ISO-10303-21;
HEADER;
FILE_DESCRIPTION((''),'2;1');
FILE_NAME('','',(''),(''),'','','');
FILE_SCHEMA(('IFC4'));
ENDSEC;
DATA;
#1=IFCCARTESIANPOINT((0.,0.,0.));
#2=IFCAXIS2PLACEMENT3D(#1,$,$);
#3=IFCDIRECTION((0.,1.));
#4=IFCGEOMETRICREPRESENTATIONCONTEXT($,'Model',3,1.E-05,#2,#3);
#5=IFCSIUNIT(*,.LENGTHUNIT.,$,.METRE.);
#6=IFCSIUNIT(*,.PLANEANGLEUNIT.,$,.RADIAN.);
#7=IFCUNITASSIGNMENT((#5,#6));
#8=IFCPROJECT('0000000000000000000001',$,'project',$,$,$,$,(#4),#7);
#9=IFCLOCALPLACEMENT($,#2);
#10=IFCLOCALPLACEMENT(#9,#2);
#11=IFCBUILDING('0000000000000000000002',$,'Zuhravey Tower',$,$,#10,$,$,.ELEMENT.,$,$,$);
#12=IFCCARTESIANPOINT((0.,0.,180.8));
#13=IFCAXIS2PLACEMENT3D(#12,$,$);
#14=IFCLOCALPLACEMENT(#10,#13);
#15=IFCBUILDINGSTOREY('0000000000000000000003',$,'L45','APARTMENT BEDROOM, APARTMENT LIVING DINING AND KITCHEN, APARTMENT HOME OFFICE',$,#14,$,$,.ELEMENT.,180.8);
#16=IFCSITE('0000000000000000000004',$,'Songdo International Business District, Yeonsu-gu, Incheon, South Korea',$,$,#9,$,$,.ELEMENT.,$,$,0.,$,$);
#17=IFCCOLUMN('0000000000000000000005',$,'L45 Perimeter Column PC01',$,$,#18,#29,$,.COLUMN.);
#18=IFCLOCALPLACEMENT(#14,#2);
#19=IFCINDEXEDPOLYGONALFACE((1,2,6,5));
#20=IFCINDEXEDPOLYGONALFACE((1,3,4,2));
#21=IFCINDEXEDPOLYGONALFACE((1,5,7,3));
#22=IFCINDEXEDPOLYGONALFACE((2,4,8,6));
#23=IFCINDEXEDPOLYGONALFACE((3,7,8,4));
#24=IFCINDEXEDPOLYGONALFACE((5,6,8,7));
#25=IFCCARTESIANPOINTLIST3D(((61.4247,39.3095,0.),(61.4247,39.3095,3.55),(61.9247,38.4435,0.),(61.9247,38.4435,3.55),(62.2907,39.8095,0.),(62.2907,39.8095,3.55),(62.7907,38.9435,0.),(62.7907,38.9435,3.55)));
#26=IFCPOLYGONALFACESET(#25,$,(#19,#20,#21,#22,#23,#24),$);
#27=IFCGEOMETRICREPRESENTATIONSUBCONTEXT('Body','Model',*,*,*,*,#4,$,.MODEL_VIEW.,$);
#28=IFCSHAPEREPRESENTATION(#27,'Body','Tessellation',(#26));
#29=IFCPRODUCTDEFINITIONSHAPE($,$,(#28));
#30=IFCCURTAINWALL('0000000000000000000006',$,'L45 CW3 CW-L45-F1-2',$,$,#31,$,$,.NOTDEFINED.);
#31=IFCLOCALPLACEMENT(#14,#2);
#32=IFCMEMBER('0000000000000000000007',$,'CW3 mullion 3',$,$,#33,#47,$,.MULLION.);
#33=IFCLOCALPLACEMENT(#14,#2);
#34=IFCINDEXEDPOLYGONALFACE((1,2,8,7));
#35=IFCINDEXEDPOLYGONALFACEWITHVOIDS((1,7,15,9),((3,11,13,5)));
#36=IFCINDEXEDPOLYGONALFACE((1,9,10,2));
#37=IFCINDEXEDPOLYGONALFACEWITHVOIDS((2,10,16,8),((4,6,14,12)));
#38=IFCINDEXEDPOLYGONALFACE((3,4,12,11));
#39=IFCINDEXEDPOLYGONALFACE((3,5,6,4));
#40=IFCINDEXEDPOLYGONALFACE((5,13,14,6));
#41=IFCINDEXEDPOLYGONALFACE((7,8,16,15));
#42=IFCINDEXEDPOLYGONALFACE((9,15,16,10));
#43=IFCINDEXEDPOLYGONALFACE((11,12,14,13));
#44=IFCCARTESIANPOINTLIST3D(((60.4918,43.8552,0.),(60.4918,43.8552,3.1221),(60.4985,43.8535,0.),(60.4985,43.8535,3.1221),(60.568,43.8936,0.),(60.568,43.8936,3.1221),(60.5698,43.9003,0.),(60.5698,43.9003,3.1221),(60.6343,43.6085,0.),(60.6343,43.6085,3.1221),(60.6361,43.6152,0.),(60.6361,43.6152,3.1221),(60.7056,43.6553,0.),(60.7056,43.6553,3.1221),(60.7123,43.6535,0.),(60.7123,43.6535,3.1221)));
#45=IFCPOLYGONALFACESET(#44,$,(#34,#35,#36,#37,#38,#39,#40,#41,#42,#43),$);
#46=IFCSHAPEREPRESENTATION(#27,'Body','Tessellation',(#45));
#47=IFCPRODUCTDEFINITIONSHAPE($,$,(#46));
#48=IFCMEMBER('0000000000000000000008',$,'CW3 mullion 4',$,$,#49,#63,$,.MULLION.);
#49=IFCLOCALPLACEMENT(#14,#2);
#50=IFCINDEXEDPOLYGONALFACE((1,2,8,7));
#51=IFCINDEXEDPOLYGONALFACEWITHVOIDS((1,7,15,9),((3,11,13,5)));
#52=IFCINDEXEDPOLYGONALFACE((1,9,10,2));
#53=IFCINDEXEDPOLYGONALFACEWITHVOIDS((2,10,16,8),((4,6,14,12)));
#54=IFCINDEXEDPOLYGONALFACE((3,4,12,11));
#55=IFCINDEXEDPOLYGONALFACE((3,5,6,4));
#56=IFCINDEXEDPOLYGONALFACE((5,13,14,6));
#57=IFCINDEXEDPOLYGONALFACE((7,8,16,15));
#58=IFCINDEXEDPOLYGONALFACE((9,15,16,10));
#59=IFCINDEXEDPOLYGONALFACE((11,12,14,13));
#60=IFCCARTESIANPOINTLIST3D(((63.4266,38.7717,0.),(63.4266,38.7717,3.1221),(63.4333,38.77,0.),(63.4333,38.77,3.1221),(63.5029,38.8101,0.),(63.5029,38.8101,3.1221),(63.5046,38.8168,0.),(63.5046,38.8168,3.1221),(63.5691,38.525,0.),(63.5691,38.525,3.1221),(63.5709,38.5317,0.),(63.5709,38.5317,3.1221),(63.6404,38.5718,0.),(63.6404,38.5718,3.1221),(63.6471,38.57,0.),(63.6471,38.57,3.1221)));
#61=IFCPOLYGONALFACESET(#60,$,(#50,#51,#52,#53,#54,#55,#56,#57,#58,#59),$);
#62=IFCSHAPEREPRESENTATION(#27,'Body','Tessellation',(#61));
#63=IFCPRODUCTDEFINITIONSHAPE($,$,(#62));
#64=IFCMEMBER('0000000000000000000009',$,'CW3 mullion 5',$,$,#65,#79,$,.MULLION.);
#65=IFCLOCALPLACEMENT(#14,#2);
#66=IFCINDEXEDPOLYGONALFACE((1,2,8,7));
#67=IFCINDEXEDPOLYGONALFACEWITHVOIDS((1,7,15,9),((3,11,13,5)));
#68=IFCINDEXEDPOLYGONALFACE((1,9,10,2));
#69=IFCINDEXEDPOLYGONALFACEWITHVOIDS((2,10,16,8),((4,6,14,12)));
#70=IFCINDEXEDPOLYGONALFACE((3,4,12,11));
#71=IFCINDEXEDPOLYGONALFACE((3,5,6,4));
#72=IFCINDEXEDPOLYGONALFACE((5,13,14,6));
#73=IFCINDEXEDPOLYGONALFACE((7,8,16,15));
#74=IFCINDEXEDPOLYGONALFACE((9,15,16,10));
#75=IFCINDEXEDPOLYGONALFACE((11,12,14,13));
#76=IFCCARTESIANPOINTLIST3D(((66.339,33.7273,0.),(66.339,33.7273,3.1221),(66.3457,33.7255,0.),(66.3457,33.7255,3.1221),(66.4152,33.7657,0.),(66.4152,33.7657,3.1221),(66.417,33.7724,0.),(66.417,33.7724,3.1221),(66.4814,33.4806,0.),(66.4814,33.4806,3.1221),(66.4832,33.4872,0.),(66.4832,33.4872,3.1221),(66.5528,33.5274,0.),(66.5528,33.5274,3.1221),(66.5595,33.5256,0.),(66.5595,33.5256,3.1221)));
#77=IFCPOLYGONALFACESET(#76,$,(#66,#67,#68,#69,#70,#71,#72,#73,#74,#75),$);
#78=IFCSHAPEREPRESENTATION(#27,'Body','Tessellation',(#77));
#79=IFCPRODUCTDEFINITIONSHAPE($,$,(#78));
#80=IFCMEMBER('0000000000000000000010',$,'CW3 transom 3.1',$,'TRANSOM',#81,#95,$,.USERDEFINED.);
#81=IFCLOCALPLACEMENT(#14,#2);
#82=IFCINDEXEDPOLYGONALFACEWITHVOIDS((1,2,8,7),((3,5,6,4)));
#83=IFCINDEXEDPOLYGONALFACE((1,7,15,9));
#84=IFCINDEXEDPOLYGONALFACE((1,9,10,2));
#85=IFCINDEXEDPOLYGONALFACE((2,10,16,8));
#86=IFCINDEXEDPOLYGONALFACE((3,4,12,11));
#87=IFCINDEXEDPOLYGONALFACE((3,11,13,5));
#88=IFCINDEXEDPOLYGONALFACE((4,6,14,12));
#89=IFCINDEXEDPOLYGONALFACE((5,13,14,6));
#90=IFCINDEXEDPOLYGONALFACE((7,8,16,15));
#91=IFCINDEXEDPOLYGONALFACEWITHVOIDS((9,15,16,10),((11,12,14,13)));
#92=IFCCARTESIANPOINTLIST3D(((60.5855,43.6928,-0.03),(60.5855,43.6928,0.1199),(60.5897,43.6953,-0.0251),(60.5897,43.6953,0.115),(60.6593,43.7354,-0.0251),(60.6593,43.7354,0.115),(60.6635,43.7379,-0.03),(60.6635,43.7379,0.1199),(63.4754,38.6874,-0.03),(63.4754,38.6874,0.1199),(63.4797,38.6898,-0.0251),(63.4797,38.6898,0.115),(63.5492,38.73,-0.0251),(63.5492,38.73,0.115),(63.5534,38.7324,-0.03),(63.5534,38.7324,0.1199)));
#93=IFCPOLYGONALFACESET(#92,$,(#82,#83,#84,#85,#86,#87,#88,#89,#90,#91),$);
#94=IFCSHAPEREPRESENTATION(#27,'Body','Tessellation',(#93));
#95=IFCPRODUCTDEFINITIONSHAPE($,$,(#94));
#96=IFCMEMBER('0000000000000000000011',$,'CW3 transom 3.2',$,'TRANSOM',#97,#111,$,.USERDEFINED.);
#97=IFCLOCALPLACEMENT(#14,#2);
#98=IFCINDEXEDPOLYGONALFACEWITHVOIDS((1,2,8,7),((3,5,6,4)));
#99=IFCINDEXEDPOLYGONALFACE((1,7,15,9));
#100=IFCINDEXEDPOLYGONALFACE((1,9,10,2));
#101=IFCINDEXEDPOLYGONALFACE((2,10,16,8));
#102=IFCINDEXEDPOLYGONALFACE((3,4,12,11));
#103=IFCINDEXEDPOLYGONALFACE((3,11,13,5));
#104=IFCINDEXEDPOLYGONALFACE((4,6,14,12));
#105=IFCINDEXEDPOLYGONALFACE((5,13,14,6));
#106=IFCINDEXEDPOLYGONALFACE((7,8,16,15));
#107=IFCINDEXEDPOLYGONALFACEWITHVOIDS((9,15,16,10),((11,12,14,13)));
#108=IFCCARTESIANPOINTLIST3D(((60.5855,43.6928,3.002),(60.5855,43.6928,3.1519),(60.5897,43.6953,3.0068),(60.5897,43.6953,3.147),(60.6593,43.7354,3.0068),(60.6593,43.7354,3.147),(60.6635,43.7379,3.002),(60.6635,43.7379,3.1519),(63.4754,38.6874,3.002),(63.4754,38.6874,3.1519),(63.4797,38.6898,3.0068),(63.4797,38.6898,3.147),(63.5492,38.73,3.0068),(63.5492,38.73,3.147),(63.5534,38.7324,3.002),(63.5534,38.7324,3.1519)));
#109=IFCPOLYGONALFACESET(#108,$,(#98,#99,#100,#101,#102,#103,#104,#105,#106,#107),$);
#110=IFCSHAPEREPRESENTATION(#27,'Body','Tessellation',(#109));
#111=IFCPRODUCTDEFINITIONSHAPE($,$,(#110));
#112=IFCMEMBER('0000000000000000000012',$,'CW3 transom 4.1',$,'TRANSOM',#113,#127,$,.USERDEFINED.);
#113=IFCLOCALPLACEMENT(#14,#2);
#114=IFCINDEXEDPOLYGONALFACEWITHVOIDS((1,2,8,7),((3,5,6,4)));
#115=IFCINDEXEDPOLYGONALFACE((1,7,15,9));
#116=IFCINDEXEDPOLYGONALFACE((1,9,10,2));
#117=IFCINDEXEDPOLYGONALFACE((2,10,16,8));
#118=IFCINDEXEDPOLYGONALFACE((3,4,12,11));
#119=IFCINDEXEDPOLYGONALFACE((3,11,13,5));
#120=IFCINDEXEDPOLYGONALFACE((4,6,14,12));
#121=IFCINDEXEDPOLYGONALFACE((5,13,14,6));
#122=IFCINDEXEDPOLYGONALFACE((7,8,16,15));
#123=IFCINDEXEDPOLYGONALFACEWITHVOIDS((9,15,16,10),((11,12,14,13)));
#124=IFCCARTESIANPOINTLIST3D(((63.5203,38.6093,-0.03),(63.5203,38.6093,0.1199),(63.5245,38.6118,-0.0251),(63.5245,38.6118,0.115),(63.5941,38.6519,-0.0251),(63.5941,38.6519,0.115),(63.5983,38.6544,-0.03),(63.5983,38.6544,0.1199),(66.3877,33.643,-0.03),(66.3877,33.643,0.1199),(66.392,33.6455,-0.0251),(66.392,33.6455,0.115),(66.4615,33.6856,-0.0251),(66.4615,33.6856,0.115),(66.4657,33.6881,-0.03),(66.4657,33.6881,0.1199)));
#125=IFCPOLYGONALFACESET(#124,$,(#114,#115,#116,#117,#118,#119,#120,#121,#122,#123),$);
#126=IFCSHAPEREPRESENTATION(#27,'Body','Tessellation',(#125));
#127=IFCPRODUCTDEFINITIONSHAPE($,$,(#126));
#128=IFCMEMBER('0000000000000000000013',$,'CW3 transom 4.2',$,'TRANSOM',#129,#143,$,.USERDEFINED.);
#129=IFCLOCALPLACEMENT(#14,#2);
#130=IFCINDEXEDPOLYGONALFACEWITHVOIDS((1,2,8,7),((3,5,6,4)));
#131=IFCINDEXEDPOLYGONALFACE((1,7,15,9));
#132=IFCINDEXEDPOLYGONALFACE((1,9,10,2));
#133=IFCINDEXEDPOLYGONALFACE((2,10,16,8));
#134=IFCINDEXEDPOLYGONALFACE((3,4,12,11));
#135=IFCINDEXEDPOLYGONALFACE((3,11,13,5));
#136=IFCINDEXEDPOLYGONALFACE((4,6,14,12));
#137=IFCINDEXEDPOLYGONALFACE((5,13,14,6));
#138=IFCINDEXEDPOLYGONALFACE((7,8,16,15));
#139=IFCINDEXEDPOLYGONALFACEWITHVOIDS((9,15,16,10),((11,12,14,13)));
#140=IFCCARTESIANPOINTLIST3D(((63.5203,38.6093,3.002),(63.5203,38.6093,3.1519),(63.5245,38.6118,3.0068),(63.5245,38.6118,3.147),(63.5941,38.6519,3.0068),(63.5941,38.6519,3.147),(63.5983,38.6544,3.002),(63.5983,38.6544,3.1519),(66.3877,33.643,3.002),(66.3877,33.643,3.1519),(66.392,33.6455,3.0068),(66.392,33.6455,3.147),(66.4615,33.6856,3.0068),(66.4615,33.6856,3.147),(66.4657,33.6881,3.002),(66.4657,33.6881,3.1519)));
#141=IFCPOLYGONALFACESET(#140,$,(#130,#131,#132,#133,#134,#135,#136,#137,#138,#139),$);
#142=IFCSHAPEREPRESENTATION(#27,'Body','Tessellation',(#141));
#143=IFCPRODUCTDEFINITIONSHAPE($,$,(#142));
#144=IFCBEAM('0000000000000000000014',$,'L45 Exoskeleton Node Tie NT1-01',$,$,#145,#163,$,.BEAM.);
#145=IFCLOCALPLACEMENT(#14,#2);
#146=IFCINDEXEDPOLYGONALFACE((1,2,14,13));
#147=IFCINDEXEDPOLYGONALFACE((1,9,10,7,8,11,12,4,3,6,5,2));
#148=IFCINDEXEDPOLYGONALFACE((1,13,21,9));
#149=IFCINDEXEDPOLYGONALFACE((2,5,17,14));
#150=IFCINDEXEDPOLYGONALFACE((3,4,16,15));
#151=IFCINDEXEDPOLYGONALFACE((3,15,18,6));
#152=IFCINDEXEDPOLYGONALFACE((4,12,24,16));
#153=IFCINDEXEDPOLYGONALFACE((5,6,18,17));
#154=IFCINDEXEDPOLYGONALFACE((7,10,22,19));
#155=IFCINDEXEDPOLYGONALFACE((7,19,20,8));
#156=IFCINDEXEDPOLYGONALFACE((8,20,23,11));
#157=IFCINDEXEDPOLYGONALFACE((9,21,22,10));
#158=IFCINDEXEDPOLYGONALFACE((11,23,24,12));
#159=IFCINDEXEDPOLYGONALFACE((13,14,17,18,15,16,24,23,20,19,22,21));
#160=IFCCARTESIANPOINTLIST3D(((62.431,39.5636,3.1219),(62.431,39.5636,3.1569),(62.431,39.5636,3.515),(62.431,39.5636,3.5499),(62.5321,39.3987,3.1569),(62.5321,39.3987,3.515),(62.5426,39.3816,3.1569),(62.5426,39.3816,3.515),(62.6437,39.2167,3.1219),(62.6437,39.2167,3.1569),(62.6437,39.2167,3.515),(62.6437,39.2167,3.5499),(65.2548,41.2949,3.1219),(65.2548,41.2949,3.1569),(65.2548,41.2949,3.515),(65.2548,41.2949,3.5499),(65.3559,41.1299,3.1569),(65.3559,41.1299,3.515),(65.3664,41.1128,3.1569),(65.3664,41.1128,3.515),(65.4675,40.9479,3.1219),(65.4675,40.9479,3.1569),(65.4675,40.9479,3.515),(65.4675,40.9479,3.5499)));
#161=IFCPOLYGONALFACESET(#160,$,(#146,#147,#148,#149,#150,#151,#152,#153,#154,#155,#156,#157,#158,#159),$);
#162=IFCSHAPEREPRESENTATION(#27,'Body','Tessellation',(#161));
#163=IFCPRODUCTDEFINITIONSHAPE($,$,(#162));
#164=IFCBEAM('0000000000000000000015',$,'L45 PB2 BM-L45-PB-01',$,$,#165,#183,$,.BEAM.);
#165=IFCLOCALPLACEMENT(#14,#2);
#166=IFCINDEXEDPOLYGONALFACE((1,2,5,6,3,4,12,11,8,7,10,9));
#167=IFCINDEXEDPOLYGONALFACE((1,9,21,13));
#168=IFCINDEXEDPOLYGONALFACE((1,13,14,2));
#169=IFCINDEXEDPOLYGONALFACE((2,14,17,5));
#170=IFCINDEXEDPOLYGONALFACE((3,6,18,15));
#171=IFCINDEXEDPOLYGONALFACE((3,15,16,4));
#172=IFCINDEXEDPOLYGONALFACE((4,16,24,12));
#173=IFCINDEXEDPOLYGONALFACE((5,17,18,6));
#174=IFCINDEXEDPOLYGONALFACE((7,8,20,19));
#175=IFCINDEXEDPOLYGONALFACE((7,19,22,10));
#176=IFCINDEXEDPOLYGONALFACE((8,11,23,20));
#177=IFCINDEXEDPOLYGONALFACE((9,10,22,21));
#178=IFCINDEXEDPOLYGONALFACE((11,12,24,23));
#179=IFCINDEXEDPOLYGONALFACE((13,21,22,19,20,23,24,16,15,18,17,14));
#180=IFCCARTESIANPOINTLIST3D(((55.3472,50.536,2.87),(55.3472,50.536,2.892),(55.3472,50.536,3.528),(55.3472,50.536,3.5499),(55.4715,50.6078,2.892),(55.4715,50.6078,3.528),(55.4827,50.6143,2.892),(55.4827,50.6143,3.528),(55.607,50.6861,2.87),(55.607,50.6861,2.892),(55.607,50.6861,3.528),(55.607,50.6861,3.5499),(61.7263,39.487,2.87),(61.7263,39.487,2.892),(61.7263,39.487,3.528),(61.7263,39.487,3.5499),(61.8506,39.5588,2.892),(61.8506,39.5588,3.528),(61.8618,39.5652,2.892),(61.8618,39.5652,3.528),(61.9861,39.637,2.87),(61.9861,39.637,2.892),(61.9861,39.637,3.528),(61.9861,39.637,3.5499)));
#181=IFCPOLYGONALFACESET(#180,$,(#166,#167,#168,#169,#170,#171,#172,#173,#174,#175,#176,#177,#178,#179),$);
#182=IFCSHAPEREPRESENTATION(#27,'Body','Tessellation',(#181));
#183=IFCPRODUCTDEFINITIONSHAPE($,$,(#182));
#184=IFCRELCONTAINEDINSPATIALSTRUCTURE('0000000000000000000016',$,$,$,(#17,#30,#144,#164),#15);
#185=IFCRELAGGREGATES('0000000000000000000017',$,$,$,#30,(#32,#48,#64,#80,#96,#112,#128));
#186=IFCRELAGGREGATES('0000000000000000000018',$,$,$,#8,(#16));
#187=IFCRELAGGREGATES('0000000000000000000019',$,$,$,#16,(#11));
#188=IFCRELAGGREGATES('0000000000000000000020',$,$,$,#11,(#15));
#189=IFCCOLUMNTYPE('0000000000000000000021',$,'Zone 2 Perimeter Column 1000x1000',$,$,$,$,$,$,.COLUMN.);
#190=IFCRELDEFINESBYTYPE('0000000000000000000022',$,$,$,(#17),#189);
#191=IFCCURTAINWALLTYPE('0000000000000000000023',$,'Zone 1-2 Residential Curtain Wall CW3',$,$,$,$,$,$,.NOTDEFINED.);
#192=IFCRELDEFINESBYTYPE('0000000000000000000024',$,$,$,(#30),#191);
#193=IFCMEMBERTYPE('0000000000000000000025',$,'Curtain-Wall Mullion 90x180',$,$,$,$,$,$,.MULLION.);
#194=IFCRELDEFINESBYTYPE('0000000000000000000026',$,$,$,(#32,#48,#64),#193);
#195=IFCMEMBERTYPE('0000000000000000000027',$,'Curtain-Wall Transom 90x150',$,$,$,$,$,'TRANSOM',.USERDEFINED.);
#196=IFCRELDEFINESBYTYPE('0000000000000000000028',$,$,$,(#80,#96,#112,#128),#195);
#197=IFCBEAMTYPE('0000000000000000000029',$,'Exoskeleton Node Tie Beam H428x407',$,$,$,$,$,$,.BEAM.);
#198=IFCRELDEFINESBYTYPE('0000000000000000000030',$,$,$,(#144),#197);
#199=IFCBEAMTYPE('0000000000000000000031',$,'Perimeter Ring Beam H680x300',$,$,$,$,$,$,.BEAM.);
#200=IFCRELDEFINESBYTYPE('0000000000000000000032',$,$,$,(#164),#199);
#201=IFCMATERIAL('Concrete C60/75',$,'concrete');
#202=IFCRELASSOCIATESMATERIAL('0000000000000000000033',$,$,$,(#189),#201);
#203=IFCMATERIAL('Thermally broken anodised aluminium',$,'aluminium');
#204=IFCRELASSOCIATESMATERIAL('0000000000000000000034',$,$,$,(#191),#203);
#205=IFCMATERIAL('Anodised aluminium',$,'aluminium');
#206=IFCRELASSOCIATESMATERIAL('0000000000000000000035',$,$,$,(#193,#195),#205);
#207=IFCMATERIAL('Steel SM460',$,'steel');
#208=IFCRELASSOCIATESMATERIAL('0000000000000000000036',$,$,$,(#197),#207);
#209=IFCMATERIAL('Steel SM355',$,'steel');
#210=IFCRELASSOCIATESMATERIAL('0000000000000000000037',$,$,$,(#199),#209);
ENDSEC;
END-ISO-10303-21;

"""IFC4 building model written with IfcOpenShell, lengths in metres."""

from ifc_helpers import new_model, si_unit, direction, frame, origin, origin_2d, place, context, subcontext, project, spatial, rectangle, hollow_rectangle, i_section, extrude, material, material_profile, profile_set, type_object, element, aggregate, save


model = new_model("IFC4")

# Units and contexts
model_context = context("Model", 3, precision=1e-05, world=origin(), true_north=direction((0.0, 1.0)))
body_context = subcontext(model_context, "Body", "Model", "MODEL_VIEW")
ifc_project = project(units=[si_unit("LENGTHUNIT", "METRE"), si_unit("PLANEANGLEUNIT", "RADIAN")], contexts=[model_context])

# Site, building, storey
site_placement = place(None, origin())
site = spatial("IfcSite", under=ifc_project, at=site_placement, Name="Songdo International Business District, Yeonsu-gu, Incheon, South Korea", CompositionType="ELEMENT", RefElevation=0.0)
building_placement = place(site_placement, origin())
building = spatial("IfcBuilding", under=site, at=building_placement, Name="Zuhravey Tower", CompositionType="ELEMENT")
storey_placement = place(building_placement, frame((0.0, 0.0, 180.8)))
storey = spatial("IfcBuildingStorey", under=building, at=storey_placement, Name="L45", Description="APARTMENT BEDROOM, APARTMENT LIVING DINING AND KITCHEN, APARTMENT HOME OFFICE", CompositionType="ELEMENT", Elevation=180.8)

# Column
ifc_material_1 = material(Name="Concrete C60/75", Category="concrete")
ifc_material_profile_1 = material_profile(ifc_material_1, rectangle(XDim=1.0, YDim=1.0, at=origin_2d()), Name="RC-1000x1000")
ifc_profile_set_1 = profile_set([ifc_material_profile_1], Name="Concrete C60/75")
column_type = type_object("IfcColumnType", Name="Zone 2 Perimeter Column 1000x1000", PredefinedType="COLUMN", material=ifc_profile_set_1)
column_placement = place(storey_placement, frame((62.1077, 39.1265, 0.0), z_axis=(0.0, 0.0, 1.0), x_axis=(-0.5, 0.866025, 0.0)))
element("IfcColumn", 1, at=column_placement, inside=storey, type_object=column_type, Name="L45 Perimeter Column PC01", PredefinedType="COLUMN", context=body_context, shape_type="SweptSolid", body=[
    extrude(rectangle(XDim=1.0, YDim=1.0, at=origin_2d()), origin(), (0.0, 0.0, 1.0), 3.55),
])

# Curtain wall, members
ifc_material_2 = material(Name="Thermally broken anodised aluminium", Category="aluminium")
curtain_wall_type = type_object("IfcCurtainWallType", Name="Zone 1-2 Residential Curtain Wall CW3", PredefinedType="NOTDEFINED", material=ifc_material_2)
curtain_wall_placement = place(storey_placement, origin())
curtain_wall = element("IfcCurtainWall", 2, at=curtain_wall_placement, inside=storey, type_object=curtain_wall_type, Name="L45 CW3 CW-L45-F1-2", PredefinedType="NOTDEFINED")
ifc_material_3 = material(Name="Anodised aluminium", Category="aluminium")
ifc_material_profile_2 = material_profile(ifc_material_3, hollow_rectangle(XDim=0.0901, YDim=0.2849, WallThickness=0.0049, at=origin_2d()), Name="ALU-RHS-90x285x5")
ifc_profile_set_2 = profile_set([ifc_material_profile_2], Name="Anodised aluminium")
member_type_1 = type_object("IfcMemberType", Name="Curtain-Wall Mullion 90x180", PredefinedType="MULLION", material=ifc_profile_set_2)
member_1_placement = place(storey_placement, frame((60.6021, 43.7544, 0.0), z_axis=(0.0, 0.0, 1.0), x_axis=(0.866025, 0.500001, 0.0)))
member_1 = element("IfcMember", 3, at=member_1_placement, type_object=member_type_1, Name="CW3 mullion 3", PredefinedType="MULLION", context=body_context, shape_type="SweptSolid", body=[
    extrude(hollow_rectangle(XDim=0.0901, YDim=0.2849, WallThickness=0.0049, at=origin_2d()), origin(), (0.0, 0.0, 1.0), 3.1221),
])
member_2_placement = place(storey_placement, frame((63.5369, 38.6709, 0.0), z_axis=(0.0, 0.0, 1.0), x_axis=(0.866025, 0.500001, 0.0)))
member_2 = element("IfcMember", 4, at=member_2_placement, type_object=member_type_1, Name="CW3 mullion 4", PredefinedType="MULLION", context=body_context, shape_type="SweptSolid", body=[
    extrude(hollow_rectangle(XDim=0.0901, YDim=0.2849, WallThickness=0.0049, at=origin_2d()), origin(), (0.0, 0.0, 1.0), 3.1221),
])
member_3_placement = place(storey_placement, frame((66.4492, 33.6265, 0.0), z_axis=(0.0, 0.0, 1.0), x_axis=(0.866025, 0.500001, 0.0)))
member_3 = element("IfcMember", 5, at=member_3_placement, type_object=member_type_1, Name="CW3 mullion 5", PredefinedType="MULLION", context=body_context, shape_type="SweptSolid", body=[
    extrude(hollow_rectangle(XDim=0.0901, YDim=0.2849, WallThickness=0.0049, at=origin_2d()), origin(), (0.0, 0.0, 1.0), 3.1221),
])
ifc_material_profile_3 = material_profile(ifc_material_3, hollow_rectangle(XDim=0.0901, YDim=0.1499, WallThickness=0.0049, at=origin_2d()), Name="ALU-RHS-90x150x5")
ifc_profile_set_3 = profile_set([ifc_material_profile_3], Name="Anodised aluminium")
member_type_2 = type_object("IfcMemberType", Name="Curtain-Wall Transom 90x150", ElementType="TRANSOM", PredefinedType="USERDEFINED", material=ifc_profile_set_3)
member_4_placement = place(storey_placement, frame((60.6245, 43.7153, 0.0449), z_axis=(0.500005, -0.866022, 0.0), x_axis=(0.866022, 0.500005, 0.0)))
member_4 = element("IfcMember", 6, at=member_4_placement, type_object=member_type_2, Name="CW3 transom 3.1", ObjectType="TRANSOM", PredefinedType="USERDEFINED", context=body_context, shape_type="SweptSolid", body=[
    extrude(hollow_rectangle(XDim=0.0901, YDim=0.1499, WallThickness=0.0049, at=origin_2d()), origin(), (0.0, 0.0, 1.0), 5.7798),
])
member_5_placement = place(storey_placement, frame((60.6245, 43.7153, 3.0769), z_axis=(0.500005, -0.866022, 0.0), x_axis=(0.866022, 0.500005, 0.0)))
member_5 = element("IfcMember", 7, at=member_5_placement, type_object=member_type_2, Name="CW3 transom 3.2", ObjectType="TRANSOM", PredefinedType="USERDEFINED", context=body_context, shape_type="SweptSolid", body=[
    extrude(hollow_rectangle(XDim=0.0901, YDim=0.1499, WallThickness=0.0049, at=origin_2d()), origin(), (0.0, 0.0, 1.0), 5.7798),
])
member_6_placement = place(storey_placement, frame((63.5593, 38.6318, 0.0449), z_axis=(0.500017, -0.866015, 0.0), x_axis=(0.866015, 0.500017, 0.0)))
member_6 = element("IfcMember", 8, at=member_6_placement, type_object=member_type_2, Name="CW3 transom 4.1", ObjectType="TRANSOM", PredefinedType="USERDEFINED", context=body_context, shape_type="SweptSolid", body=[
    extrude(hollow_rectangle(XDim=0.0901, YDim=0.1499, WallThickness=0.0049, at=origin_2d()), origin(), (0.0, 0.0, 1.0), 5.7346),
])
member_7_placement = place(storey_placement, frame((63.5593, 38.6318, 3.0769), z_axis=(0.500017, -0.866015, 0.0), x_axis=(0.866015, 0.500017, 0.0)))
member_7 = element("IfcMember", 9, at=member_7_placement, type_object=member_type_2, Name="CW3 transom 4.2", ObjectType="TRANSOM", PredefinedType="USERDEFINED", context=body_context, shape_type="SweptSolid", body=[
    extrude(hollow_rectangle(XDim=0.0901, YDim=0.1499, WallThickness=0.0049, at=origin_2d()), origin(), (0.0, 0.0, 1.0), 5.7346),
])

# Beams
ifc_material_4 = material(Name="Steel SM460", Category="steel")
ifc_material_profile_4 = material_profile(ifc_material_4, i_section(OverallWidth=0.407, OverallDepth=0.428, WebThickness=0.02, FlangeThickness=0.0349, at=origin_2d()), Name="H-428x407x20x35")
ifc_profile_set_4 = profile_set([ifc_material_profile_4], Name="Steel SM460")
beam_type_1 = type_object("IfcBeamType", Name="Exoskeleton Node Tie Beam H428x407", PredefinedType="BEAM", material=ifc_profile_set_4)
beam_1_placement = place(storey_placement, frame((62.5374, 39.3901, 3.3359), z_axis=(0.85253, 0.522678, 0.0), x_axis=(-0.522678, 0.85253, 0.0)))
element("IfcBeam", 10, at=beam_1_placement, inside=storey, type_object=beam_type_1, Name="L45 Exoskeleton Node Tie NT1-01", PredefinedType="BEAM", context=body_context, shape_type="SweptSolid", body=[
    extrude(i_section(OverallWidth=0.407, OverallDepth=0.428, WebThickness=0.02, FlangeThickness=0.0349, at=origin_2d()), origin(), (0.0, 0.0, 1.0), 3.3123),
])
ifc_material_5 = material(Name="Steel SM355", Category="steel")
ifc_material_profile_5 = material_profile(ifc_material_5, i_section(OverallWidth=0.3, OverallDepth=0.6799, WebThickness=0.0129, FlangeThickness=0.022, at=origin_2d()), Name="H-680x300x13x22")
ifc_profile_set_5 = profile_set([ifc_material_profile_5], Name="Steel SM355")
beam_type_2 = type_object("IfcBeamType", Name="Perimeter Ring Beam H680x300", PredefinedType="BEAM", material=ifc_profile_set_5)
beam_2_placement = place(storey_placement, frame((61.8562, 39.562, 3.21), z_axis=(-0.499998, 0.866027, 0.0), x_axis=(-0.866027, -0.499998, 0.0)))
element("IfcBeam", 11, at=beam_2_placement, inside=storey, type_object=beam_type_2, Name="L45 PB2 BM-L45-PB-01", PredefinedType="BEAM", context=body_context, shape_type="SweptSolid", body=[
    extrude(i_section(OverallWidth=0.3, OverallDepth=0.6799, WebThickness=0.0129, FlangeThickness=0.022, at=origin_2d()), origin(), (0.0, 0.0, 1.0), 12.7583),
])

aggregate(curtain_wall, [member_1, member_2, member_3, member_4, member_5, member_6, member_7])

save(model, "model.ifc")
